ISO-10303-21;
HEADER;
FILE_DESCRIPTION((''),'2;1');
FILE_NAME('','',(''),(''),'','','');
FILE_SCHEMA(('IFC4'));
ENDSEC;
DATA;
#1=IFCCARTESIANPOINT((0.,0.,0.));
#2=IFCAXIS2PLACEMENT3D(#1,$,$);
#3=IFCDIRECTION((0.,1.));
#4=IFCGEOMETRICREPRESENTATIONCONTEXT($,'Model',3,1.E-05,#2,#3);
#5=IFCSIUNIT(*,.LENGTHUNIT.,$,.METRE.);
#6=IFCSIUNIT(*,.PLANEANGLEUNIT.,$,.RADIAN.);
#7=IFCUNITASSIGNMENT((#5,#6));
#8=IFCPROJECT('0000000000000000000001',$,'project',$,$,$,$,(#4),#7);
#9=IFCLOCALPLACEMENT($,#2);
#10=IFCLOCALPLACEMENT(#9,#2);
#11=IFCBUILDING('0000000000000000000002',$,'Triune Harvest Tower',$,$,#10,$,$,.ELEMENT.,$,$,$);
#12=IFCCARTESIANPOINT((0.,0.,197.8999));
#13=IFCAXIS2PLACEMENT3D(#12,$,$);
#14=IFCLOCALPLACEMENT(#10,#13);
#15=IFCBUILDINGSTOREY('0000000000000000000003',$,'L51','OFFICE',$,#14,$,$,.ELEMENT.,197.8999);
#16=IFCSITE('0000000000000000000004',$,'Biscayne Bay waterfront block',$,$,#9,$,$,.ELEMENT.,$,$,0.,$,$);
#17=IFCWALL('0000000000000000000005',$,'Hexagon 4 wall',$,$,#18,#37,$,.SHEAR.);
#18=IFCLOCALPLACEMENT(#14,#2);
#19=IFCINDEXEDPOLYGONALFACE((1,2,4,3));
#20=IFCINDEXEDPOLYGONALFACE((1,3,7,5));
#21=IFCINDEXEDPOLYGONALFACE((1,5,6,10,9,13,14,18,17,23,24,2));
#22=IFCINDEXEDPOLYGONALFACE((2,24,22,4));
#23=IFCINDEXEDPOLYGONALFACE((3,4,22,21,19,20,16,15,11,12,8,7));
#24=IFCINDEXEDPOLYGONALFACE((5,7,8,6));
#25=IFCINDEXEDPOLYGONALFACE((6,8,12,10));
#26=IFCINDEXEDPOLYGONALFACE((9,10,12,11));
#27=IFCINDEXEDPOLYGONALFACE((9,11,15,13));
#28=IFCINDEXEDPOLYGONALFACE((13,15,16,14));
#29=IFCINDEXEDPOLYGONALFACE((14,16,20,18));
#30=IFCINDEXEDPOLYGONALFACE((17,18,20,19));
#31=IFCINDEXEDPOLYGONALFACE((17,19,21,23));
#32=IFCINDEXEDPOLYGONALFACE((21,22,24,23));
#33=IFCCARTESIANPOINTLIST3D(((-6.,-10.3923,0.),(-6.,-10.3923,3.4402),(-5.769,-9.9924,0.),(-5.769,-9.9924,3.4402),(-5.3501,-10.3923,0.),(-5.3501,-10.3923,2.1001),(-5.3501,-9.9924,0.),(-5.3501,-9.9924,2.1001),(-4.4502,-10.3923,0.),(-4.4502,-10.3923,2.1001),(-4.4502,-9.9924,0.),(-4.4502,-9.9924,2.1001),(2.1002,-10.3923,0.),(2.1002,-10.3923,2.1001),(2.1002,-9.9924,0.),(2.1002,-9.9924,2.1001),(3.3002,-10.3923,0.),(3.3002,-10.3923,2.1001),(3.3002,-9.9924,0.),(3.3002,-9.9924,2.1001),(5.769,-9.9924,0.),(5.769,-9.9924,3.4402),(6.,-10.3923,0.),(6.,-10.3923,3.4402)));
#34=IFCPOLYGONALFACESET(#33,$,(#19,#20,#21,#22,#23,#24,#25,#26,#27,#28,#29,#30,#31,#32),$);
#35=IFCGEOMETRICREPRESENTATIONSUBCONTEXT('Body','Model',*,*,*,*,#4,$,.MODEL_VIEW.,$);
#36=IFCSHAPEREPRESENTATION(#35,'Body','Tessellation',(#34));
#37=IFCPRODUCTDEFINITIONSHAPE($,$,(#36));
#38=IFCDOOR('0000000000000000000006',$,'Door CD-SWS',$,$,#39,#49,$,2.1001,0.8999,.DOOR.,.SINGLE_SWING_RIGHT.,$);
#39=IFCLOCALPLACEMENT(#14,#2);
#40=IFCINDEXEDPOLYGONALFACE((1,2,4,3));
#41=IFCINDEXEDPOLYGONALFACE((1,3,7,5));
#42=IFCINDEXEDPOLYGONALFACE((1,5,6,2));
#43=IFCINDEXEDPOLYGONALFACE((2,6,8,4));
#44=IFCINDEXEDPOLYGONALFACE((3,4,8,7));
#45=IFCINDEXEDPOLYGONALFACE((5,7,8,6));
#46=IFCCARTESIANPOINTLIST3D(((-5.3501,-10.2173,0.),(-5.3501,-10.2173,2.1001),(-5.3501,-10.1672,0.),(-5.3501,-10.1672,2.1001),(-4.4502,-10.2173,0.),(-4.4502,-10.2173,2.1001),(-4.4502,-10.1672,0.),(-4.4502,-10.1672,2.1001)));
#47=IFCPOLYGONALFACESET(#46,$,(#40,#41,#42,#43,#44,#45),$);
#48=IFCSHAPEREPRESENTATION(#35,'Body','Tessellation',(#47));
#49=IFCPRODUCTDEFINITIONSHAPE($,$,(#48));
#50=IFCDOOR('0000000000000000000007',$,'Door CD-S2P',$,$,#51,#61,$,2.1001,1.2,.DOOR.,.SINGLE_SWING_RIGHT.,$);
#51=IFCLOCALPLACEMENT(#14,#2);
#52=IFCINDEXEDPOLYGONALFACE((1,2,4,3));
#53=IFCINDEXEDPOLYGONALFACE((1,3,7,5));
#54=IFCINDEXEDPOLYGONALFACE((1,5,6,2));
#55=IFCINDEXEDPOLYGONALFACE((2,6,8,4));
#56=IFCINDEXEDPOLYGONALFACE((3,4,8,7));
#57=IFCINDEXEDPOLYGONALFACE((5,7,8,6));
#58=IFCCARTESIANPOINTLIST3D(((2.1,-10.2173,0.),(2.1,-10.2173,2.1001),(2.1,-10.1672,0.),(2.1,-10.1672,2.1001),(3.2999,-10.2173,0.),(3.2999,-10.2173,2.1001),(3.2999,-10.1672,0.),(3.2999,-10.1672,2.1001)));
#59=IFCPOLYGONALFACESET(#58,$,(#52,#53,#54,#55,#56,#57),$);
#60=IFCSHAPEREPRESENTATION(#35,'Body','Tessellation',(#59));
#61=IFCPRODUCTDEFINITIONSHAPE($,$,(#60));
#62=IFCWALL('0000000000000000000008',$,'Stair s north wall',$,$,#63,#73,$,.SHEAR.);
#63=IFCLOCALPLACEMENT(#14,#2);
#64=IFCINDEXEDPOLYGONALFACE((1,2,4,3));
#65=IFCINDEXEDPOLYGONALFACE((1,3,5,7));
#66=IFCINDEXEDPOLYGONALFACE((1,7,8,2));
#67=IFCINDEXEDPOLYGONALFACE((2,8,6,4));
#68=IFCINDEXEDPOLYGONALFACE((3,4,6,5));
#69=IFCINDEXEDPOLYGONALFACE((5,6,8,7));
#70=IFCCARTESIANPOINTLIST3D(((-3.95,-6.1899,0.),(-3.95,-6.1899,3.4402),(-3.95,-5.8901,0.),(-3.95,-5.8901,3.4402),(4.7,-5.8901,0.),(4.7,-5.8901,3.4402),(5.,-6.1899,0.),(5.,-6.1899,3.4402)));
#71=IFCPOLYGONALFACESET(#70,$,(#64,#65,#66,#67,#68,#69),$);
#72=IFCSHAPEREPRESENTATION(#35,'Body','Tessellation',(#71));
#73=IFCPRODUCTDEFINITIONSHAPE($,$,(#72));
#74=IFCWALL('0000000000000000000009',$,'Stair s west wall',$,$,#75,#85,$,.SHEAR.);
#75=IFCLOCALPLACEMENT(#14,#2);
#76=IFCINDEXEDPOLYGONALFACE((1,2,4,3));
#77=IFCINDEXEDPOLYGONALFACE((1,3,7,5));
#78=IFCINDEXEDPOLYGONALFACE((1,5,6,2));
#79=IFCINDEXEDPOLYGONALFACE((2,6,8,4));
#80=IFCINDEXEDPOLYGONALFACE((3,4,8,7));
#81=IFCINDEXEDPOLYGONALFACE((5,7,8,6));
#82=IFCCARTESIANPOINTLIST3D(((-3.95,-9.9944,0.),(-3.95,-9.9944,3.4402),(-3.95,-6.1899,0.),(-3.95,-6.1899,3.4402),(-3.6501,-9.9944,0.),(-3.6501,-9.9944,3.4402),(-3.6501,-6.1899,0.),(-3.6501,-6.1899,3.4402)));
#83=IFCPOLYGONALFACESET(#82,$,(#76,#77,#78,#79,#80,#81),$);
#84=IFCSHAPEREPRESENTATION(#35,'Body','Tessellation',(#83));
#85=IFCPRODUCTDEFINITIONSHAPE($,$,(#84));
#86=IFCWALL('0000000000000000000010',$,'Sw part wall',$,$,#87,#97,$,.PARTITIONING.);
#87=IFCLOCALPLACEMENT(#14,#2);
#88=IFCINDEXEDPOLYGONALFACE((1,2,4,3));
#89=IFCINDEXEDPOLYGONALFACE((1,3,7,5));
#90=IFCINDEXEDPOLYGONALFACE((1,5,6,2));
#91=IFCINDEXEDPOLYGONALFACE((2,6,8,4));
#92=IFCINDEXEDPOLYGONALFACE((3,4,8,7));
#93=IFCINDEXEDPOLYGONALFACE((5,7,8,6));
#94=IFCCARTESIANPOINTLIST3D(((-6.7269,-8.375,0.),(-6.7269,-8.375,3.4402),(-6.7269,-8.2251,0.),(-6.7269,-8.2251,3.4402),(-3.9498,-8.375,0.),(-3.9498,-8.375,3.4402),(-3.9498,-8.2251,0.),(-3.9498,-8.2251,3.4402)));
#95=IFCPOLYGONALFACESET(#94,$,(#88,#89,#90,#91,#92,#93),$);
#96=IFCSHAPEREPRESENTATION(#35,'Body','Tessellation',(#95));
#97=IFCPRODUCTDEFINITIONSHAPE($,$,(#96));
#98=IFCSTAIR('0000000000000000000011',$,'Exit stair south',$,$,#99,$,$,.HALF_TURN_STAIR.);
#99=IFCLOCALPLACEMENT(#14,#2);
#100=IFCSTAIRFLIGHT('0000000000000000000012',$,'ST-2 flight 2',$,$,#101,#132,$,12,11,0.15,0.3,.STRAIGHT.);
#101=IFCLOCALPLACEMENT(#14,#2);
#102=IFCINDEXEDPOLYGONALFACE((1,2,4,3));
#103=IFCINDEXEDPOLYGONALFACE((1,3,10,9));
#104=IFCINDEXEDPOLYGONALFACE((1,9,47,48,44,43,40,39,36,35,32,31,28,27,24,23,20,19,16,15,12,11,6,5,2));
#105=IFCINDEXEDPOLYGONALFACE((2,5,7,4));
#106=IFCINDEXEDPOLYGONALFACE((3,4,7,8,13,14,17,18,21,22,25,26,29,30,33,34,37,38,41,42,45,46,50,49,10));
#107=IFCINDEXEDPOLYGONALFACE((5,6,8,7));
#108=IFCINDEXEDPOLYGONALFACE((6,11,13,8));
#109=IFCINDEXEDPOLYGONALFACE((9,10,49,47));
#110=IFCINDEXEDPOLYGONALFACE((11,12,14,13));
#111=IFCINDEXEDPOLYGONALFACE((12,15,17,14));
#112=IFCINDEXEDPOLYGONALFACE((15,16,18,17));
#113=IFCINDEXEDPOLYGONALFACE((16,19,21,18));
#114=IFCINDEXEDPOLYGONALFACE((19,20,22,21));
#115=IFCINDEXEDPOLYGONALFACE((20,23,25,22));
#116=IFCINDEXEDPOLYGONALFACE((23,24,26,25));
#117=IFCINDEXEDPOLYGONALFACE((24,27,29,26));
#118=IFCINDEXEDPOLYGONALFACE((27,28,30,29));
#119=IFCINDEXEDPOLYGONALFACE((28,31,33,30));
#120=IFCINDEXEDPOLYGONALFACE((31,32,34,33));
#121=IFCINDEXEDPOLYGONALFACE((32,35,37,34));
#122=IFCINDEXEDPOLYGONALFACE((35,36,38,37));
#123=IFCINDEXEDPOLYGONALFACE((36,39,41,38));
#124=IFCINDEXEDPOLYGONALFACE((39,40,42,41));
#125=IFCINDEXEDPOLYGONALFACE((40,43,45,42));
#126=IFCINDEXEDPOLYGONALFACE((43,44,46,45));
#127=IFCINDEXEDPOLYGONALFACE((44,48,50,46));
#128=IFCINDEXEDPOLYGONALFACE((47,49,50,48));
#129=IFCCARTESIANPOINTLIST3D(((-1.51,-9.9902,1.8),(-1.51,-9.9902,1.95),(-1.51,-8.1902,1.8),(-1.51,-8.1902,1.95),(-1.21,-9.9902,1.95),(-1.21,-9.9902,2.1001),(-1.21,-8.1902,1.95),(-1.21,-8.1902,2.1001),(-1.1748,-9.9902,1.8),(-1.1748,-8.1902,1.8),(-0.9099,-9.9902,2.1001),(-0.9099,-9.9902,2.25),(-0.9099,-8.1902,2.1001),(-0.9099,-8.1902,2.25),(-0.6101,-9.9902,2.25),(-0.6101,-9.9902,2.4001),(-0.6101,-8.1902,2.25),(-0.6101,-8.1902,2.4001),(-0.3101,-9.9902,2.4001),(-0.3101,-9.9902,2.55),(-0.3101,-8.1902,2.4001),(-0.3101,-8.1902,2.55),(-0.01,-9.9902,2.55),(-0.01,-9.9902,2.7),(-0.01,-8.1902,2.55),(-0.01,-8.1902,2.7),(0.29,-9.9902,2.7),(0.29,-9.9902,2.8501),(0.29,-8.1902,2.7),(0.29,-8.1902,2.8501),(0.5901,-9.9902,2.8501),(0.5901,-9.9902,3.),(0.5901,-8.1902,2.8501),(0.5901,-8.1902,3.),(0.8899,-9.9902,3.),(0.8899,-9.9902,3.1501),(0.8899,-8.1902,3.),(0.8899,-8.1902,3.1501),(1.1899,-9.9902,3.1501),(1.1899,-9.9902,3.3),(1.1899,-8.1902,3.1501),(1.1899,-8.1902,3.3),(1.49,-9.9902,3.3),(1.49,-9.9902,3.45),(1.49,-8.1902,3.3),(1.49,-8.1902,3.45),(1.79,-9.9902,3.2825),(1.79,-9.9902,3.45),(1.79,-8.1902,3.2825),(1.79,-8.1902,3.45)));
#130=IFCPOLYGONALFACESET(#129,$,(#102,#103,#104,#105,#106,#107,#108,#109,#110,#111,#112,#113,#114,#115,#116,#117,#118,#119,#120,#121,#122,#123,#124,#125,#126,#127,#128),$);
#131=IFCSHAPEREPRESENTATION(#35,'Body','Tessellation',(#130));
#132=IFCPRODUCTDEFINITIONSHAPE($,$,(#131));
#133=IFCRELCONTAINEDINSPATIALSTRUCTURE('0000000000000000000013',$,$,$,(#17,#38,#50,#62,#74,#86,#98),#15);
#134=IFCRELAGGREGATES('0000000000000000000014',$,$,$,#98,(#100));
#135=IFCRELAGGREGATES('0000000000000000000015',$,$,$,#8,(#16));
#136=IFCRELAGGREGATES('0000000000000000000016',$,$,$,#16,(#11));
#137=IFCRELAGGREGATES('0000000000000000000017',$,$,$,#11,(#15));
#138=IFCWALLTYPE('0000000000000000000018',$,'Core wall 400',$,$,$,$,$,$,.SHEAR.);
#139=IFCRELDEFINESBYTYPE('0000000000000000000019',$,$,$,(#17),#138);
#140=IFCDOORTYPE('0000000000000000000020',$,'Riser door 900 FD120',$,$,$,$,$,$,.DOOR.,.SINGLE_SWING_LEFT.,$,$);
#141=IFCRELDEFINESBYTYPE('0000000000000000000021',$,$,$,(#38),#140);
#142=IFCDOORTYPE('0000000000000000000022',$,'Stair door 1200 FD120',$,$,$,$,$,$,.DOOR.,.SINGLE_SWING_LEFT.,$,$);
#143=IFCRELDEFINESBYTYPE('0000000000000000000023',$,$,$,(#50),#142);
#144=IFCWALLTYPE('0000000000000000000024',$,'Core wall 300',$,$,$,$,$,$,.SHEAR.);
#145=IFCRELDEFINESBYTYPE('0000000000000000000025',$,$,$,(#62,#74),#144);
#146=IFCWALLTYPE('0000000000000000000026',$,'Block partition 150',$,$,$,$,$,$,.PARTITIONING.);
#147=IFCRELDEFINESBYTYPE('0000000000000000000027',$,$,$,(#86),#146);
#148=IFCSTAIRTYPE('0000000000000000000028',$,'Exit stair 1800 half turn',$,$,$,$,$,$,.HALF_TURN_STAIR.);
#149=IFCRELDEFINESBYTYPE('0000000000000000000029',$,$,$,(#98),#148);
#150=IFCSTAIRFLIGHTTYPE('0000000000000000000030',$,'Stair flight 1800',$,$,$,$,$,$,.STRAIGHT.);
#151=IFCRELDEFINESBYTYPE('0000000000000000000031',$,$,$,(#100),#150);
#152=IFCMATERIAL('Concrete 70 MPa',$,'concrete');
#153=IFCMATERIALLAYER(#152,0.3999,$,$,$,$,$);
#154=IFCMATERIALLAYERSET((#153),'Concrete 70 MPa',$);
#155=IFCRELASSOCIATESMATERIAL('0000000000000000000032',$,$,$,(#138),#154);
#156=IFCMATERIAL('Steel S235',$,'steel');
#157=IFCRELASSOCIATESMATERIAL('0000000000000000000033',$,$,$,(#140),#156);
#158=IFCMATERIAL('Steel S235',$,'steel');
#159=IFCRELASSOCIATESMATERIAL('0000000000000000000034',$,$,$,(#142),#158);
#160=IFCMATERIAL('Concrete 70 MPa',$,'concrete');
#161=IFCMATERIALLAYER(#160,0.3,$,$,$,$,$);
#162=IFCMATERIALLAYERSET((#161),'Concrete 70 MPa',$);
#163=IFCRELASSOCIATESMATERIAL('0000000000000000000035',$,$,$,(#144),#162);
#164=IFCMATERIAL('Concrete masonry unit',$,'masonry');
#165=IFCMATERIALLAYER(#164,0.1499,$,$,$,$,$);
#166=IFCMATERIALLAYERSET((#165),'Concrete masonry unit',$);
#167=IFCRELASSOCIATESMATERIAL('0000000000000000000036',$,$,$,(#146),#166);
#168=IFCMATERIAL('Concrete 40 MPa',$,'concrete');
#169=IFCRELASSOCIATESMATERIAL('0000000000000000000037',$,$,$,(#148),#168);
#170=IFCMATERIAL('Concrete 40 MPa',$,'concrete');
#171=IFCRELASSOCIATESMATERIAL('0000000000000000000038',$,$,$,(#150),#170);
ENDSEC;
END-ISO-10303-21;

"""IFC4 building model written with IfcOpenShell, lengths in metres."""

from ifc_helpers import new_model, si_unit, direction, frame, frame_2d, origin, place, context, subcontext, project, spatial, polyline, rectangle, outline, extrude, source, transform, mapped, material, layer, layer_set, type_object, element, fill, aggregate, save


model = new_model("IFC4")

# Units and contexts
model_context = context("Model", 3, precision=1e-05, world=origin(), true_north=direction((0.0, 1.0)))
body_context = subcontext(model_context, "Body", "Model", "MODEL_VIEW")
ifc_project = project(units=[si_unit("LENGTHUNIT", "METRE"), si_unit("PLANEANGLEUNIT", "RADIAN")], contexts=[model_context])

# Site, building, storey
site_placement = place(None, origin())
site = spatial("IfcSite", under=ifc_project, at=site_placement, Name="Biscayne Bay waterfront block", CompositionType="ELEMENT", RefElevation=0.0)
building_placement = place(site_placement, origin())
building = spatial("IfcBuilding", under=site, at=building_placement, Name="Triune Harvest Tower", CompositionType="ELEMENT")
storey_placement = place(building_placement, frame((0.0, 0.0, 197.8999)))
storey = spatial("IfcBuildingStorey", under=building, at=storey_placement, Name="L51", Description="OFFICE", CompositionType="ELEMENT", Elevation=197.8999)

# Wall, openings, doors
ifc_material_1 = material(Name="Concrete 70 MPa", Category="concrete")
ifc_layer_1 = layer(ifc_material_1, 0.3999)
ifc_layer_set_1 = layer_set([ifc_layer_1], Name="Concrete 70 MPa")
wall_type_1 = type_object("IfcWallType", Name="Core wall 400", PredefinedType="SHEAR", material=ifc_layer_set_1)
shared_shape_1 = source(origin(), body_context, "Body", "SweptSolid", [
    extrude(outline(polyline([(-0.1155, -0.2), (11.8845, -0.2), (11.6536, 0.2), (0.1155, 0.2), (-0.1155, -0.2)])), origin(), (0.0, 0.0, 1.0), 3.4402),
])
wall_1_placement = place(storey_placement, frame((-5.8845, -10.1924, 0.0), z_axis=(0.0, 0.0, 1.0), x_axis=(1.0, 0.0, 0.0)))
wall_1 = element("IfcWall", 1, at=wall_1_placement, inside=storey, type_object=wall_type_1, Name="Hexagon 4 wall", PredefinedType="SHEAR", context=body_context, shape_type="MappedRepresentation", body=[
    mapped(shared_shape_1, transform((0.0, 0.0, 0.0), scale=1.0)),
])
opening_1_placement = place(wall_1_placement, frame((7.9846, 0.0, 0.0)))
opening_1 = element("IfcOpeningElement", 2, at=opening_1_placement, cuts=wall_1, PredefinedType="OPENING", context=body_context, shape_type="SweptSolid", body=[
    extrude(rectangle(XDim=1.2, YDim=2.1001, at=frame_2d((0.6001, 1.05))), frame((0.0, 0.21, 0.0), z_axis=(0.0, -1.0, 0.0), x_axis=(1.0, 0.0, 0.0)), (0.0, 0.0, 1.0), 0.4199),
])
opening_2_placement = place(wall_1_placement, frame((0.5344, 0.0, 0.0)))
opening_2 = element("IfcOpeningElement", 3, at=opening_2_placement, cuts=wall_1, PredefinedType="OPENING", context=body_context, shape_type="SweptSolid", body=[
    extrude(rectangle(XDim=0.8999, YDim=2.1001, at=frame_2d((0.45, 1.05))), frame((0.0, 0.21, 0.0), z_axis=(0.0, -1.0, 0.0), x_axis=(1.0, 0.0, 0.0)), (0.0, 0.0, 1.0), 0.4199),
])
ifc_material_2 = material(Name="Steel S235", Category="steel")
door_type_1 = type_object("IfcDoorType", Name="Riser door 900 FD120", OperationType="SINGLE_SWING_LEFT", PredefinedType="DOOR", material=ifc_material_2)
door_1_placement = place(opening_2_placement, frame((0.8999, 0.0, 0.0), z_axis=(0.0, 0.0, 1.0), x_axis=(-1.0, 0.0, 0.0)))
door_1 = element("IfcDoor", 4, at=door_1_placement, inside=storey, type_object=door_type_1, Name="Door CD-SWS", OperationType="SINGLE_SWING_RIGHT", OverallHeight=2.1001, OverallWidth=0.8999, PredefinedType="DOOR", context=body_context, shape_type="SweptSolid", body=[
    extrude(rectangle(XDim=0.8999, YDim=2.1001, at=frame_2d((0.45, 1.05))), frame((0.0, 0.0249, 0.0), z_axis=(0.0, -1.0, 0.0), x_axis=(1.0, 0.0, 0.0)), (0.0, 0.0, 1.0), 0.05),
])
fill(opening_2, door_1)
ifc_material_3 = material(Name="Steel S235", Category="steel")
door_type_2 = type_object("IfcDoorType", Name="Stair door 1200 FD120", OperationType="SINGLE_SWING_LEFT", PredefinedType="DOOR", material=ifc_material_3)
door_2_placement = place(opening_1_placement, frame((1.2, 0.0, 0.0), z_axis=(0.0, 0.0, 1.0), x_axis=(-1.0, 0.0, 0.0)))
door_2 = element("IfcDoor", 5, at=door_2_placement, inside=storey, type_object=door_type_2, Name="Door CD-S2P", OperationType="SINGLE_SWING_RIGHT", OverallHeight=2.1001, OverallWidth=1.2, PredefinedType="DOOR", context=body_context, shape_type="SweptSolid", body=[
    extrude(rectangle(XDim=1.2, YDim=2.1001, at=frame_2d((0.6001, 1.05))), frame((0.0, 0.0249, 0.0), z_axis=(0.0, -1.0, 0.0), x_axis=(1.0, 0.0, 0.0)), (0.0, 0.0, 1.0), 0.05),
])
fill(opening_1, door_2)

# Walls
ifc_material_4 = material(Name="Concrete 70 MPa", Category="concrete")
ifc_layer_2 = layer(ifc_material_4, 0.3)
ifc_layer_set_2 = layer_set([ifc_layer_2], Name="Concrete 70 MPa")
wall_type_2 = type_object("IfcWallType", Name="Core wall 300", PredefinedType="SHEAR", material=ifc_layer_set_2)
shared_shape_2 = source(origin(), body_context, "Body", "SweptSolid", [
    extrude(outline(polyline([(0.0, -0.1499), (8.95, -0.1499), (8.6499, 0.1499), (0.0, 0.1499), (0.0, -0.1499)])), origin(), (0.0, 0.0, 1.0), 3.4402),
])
wall_2_placement = place(storey_placement, frame((-3.95, -6.04, 0.0), z_axis=(0.0, 0.0, 1.0), x_axis=(1.0, 0.0, 0.0)))
element("IfcWall", 6, at=wall_2_placement, inside=storey, type_object=wall_type_2, Name="Stair s north wall", PredefinedType="SHEAR", context=body_context, shape_type="MappedRepresentation", body=[
    mapped(shared_shape_2, transform((0.0, 0.0, 0.0), scale=1.0)),
])
shared_shape_3 = source(origin(), body_context, "Body", "SweptSolid", [
    extrude(outline(polyline([(3.8, -0.1499), (-0.0044, -0.1499), (-0.0044, 0.1499), (3.8, 0.1499), (3.8, -0.1499)])), origin(), (0.0, 0.0, 1.0), 3.4402),
])
wall_3_placement = place(storey_placement, frame((-3.8, -9.99, 0.0), z_axis=(0.0, 0.0, 1.0), x_axis=(0.0, 1.0, 0.0)))
element("IfcWall", 7, at=wall_3_placement, inside=storey, type_object=wall_type_2, Name="Stair s west wall", PredefinedType="SHEAR", context=body_context, shape_type="MappedRepresentation", body=[
    mapped(shared_shape_3, transform((0.0, 0.0, 0.0), scale=1.0)),
])
ifc_material_5 = material(Name="Concrete masonry unit", Category="masonry")
ifc_layer_3 = layer(ifc_material_5, 0.1499)
ifc_layer_set_3 = layer_set([ifc_layer_3], Name="Concrete masonry unit")
wall_type_3 = type_object("IfcWallType", Name="Block partition 150", PredefinedType="PARTITIONING", material=ifc_layer_set_3)
shared_shape_4 = source(origin(), body_context, "Body", "SweptSolid", [
    extrude(rectangle(XDim=2.7771, YDim=0.1499, at=frame_2d((1.3887, 0.0))), origin(), (0.0, 0.0, 1.0), 3.4402),
])
wall_4_placement = place(storey_placement, frame((-6.7271, -8.3, 0.0), z_axis=(0.0, 0.0, 1.0), x_axis=(1.0, 0.0, 0.0)))
element("IfcWall", 8, at=wall_4_placement, inside=storey, type_object=wall_type_3, Name="Sw part wall", PredefinedType="PARTITIONING", context=body_context, shape_type="MappedRepresentation", body=[
    mapped(shared_shape_4, transform((0.0, 0.0, 0.0), scale=1.0)),
])

# Stair, stair flight
ifc_material_6 = material(Name="Concrete 40 MPa", Category="concrete")
stair_type = type_object("IfcStairType", Name="Exit stair 1800 half turn", PredefinedType="HALF_TURN_STAIR", material=ifc_material_6)
stair_placement = place(storey_placement, origin())
stair = element("IfcStair", 9, at=stair_placement, inside=storey, type_object=stair_type, Name="Exit stair south", PredefinedType="HALF_TURN_STAIR")
ifc_material_7 = material(Name="Concrete 40 MPa", Category="concrete")
stair_flight_type = type_object("IfcStairFlightType", Name="Stair flight 1800", PredefinedType="STRAIGHT", material=ifc_material_7)
shared_shape_5 = source(origin(), body_context, "Body", "SweptSolid", [
    extrude(outline(polyline([(0.0, 0.0), (0.0, 0.1499), (0.3, 0.1499), (0.3, 0.3), (0.6001, 0.3), (0.6001, 0.45), (0.8999, 0.45), (0.8999, 0.6001), (1.2, 0.6001), (1.2, 0.75), (1.5, 0.75), (1.5, 0.8999), (1.8, 0.8999), (1.8, 1.05), (2.1001, 1.05), (2.1001, 1.2), (2.3999, 1.2), (2.3999, 1.3501), (2.7, 1.3501), (2.7, 1.5), (3.0, 1.5), (3.0, 1.6499), (3.3, 1.6499), (3.3, 1.8), (3.3, 1.4824), (0.3352, 0.0), (0.0, 0.0)])), frame((0.0, 0.8999, 0.0), z_axis=(0.0, -1.0, 0.0), x_axis=(1.0, 0.0, 0.0)), (0.0, 0.0, 1.0), 1.8),
])
stair_flight_placement = place(storey_placement, frame((-1.51, -9.0901, 1.8), z_axis=(0.0, 0.0, 1.0), x_axis=(1.0, 0.0, 0.0)))
stair_flight = element("IfcStairFlight", 10, at=stair_flight_placement, type_object=stair_flight_type, Name="ST-2 flight 2", NumberOfRisers=12, NumberOfTreads=11, PredefinedType="STRAIGHT", RiserHeight=0.15, TreadLength=0.3, context=body_context, shape_type="MappedRepresentation", body=[
    mapped(shared_shape_5, transform((0.0, 0.0, 0.0), scale=1.0)),
])
aggregate(stair, [stair_flight])

save(model, "model.ifc")
